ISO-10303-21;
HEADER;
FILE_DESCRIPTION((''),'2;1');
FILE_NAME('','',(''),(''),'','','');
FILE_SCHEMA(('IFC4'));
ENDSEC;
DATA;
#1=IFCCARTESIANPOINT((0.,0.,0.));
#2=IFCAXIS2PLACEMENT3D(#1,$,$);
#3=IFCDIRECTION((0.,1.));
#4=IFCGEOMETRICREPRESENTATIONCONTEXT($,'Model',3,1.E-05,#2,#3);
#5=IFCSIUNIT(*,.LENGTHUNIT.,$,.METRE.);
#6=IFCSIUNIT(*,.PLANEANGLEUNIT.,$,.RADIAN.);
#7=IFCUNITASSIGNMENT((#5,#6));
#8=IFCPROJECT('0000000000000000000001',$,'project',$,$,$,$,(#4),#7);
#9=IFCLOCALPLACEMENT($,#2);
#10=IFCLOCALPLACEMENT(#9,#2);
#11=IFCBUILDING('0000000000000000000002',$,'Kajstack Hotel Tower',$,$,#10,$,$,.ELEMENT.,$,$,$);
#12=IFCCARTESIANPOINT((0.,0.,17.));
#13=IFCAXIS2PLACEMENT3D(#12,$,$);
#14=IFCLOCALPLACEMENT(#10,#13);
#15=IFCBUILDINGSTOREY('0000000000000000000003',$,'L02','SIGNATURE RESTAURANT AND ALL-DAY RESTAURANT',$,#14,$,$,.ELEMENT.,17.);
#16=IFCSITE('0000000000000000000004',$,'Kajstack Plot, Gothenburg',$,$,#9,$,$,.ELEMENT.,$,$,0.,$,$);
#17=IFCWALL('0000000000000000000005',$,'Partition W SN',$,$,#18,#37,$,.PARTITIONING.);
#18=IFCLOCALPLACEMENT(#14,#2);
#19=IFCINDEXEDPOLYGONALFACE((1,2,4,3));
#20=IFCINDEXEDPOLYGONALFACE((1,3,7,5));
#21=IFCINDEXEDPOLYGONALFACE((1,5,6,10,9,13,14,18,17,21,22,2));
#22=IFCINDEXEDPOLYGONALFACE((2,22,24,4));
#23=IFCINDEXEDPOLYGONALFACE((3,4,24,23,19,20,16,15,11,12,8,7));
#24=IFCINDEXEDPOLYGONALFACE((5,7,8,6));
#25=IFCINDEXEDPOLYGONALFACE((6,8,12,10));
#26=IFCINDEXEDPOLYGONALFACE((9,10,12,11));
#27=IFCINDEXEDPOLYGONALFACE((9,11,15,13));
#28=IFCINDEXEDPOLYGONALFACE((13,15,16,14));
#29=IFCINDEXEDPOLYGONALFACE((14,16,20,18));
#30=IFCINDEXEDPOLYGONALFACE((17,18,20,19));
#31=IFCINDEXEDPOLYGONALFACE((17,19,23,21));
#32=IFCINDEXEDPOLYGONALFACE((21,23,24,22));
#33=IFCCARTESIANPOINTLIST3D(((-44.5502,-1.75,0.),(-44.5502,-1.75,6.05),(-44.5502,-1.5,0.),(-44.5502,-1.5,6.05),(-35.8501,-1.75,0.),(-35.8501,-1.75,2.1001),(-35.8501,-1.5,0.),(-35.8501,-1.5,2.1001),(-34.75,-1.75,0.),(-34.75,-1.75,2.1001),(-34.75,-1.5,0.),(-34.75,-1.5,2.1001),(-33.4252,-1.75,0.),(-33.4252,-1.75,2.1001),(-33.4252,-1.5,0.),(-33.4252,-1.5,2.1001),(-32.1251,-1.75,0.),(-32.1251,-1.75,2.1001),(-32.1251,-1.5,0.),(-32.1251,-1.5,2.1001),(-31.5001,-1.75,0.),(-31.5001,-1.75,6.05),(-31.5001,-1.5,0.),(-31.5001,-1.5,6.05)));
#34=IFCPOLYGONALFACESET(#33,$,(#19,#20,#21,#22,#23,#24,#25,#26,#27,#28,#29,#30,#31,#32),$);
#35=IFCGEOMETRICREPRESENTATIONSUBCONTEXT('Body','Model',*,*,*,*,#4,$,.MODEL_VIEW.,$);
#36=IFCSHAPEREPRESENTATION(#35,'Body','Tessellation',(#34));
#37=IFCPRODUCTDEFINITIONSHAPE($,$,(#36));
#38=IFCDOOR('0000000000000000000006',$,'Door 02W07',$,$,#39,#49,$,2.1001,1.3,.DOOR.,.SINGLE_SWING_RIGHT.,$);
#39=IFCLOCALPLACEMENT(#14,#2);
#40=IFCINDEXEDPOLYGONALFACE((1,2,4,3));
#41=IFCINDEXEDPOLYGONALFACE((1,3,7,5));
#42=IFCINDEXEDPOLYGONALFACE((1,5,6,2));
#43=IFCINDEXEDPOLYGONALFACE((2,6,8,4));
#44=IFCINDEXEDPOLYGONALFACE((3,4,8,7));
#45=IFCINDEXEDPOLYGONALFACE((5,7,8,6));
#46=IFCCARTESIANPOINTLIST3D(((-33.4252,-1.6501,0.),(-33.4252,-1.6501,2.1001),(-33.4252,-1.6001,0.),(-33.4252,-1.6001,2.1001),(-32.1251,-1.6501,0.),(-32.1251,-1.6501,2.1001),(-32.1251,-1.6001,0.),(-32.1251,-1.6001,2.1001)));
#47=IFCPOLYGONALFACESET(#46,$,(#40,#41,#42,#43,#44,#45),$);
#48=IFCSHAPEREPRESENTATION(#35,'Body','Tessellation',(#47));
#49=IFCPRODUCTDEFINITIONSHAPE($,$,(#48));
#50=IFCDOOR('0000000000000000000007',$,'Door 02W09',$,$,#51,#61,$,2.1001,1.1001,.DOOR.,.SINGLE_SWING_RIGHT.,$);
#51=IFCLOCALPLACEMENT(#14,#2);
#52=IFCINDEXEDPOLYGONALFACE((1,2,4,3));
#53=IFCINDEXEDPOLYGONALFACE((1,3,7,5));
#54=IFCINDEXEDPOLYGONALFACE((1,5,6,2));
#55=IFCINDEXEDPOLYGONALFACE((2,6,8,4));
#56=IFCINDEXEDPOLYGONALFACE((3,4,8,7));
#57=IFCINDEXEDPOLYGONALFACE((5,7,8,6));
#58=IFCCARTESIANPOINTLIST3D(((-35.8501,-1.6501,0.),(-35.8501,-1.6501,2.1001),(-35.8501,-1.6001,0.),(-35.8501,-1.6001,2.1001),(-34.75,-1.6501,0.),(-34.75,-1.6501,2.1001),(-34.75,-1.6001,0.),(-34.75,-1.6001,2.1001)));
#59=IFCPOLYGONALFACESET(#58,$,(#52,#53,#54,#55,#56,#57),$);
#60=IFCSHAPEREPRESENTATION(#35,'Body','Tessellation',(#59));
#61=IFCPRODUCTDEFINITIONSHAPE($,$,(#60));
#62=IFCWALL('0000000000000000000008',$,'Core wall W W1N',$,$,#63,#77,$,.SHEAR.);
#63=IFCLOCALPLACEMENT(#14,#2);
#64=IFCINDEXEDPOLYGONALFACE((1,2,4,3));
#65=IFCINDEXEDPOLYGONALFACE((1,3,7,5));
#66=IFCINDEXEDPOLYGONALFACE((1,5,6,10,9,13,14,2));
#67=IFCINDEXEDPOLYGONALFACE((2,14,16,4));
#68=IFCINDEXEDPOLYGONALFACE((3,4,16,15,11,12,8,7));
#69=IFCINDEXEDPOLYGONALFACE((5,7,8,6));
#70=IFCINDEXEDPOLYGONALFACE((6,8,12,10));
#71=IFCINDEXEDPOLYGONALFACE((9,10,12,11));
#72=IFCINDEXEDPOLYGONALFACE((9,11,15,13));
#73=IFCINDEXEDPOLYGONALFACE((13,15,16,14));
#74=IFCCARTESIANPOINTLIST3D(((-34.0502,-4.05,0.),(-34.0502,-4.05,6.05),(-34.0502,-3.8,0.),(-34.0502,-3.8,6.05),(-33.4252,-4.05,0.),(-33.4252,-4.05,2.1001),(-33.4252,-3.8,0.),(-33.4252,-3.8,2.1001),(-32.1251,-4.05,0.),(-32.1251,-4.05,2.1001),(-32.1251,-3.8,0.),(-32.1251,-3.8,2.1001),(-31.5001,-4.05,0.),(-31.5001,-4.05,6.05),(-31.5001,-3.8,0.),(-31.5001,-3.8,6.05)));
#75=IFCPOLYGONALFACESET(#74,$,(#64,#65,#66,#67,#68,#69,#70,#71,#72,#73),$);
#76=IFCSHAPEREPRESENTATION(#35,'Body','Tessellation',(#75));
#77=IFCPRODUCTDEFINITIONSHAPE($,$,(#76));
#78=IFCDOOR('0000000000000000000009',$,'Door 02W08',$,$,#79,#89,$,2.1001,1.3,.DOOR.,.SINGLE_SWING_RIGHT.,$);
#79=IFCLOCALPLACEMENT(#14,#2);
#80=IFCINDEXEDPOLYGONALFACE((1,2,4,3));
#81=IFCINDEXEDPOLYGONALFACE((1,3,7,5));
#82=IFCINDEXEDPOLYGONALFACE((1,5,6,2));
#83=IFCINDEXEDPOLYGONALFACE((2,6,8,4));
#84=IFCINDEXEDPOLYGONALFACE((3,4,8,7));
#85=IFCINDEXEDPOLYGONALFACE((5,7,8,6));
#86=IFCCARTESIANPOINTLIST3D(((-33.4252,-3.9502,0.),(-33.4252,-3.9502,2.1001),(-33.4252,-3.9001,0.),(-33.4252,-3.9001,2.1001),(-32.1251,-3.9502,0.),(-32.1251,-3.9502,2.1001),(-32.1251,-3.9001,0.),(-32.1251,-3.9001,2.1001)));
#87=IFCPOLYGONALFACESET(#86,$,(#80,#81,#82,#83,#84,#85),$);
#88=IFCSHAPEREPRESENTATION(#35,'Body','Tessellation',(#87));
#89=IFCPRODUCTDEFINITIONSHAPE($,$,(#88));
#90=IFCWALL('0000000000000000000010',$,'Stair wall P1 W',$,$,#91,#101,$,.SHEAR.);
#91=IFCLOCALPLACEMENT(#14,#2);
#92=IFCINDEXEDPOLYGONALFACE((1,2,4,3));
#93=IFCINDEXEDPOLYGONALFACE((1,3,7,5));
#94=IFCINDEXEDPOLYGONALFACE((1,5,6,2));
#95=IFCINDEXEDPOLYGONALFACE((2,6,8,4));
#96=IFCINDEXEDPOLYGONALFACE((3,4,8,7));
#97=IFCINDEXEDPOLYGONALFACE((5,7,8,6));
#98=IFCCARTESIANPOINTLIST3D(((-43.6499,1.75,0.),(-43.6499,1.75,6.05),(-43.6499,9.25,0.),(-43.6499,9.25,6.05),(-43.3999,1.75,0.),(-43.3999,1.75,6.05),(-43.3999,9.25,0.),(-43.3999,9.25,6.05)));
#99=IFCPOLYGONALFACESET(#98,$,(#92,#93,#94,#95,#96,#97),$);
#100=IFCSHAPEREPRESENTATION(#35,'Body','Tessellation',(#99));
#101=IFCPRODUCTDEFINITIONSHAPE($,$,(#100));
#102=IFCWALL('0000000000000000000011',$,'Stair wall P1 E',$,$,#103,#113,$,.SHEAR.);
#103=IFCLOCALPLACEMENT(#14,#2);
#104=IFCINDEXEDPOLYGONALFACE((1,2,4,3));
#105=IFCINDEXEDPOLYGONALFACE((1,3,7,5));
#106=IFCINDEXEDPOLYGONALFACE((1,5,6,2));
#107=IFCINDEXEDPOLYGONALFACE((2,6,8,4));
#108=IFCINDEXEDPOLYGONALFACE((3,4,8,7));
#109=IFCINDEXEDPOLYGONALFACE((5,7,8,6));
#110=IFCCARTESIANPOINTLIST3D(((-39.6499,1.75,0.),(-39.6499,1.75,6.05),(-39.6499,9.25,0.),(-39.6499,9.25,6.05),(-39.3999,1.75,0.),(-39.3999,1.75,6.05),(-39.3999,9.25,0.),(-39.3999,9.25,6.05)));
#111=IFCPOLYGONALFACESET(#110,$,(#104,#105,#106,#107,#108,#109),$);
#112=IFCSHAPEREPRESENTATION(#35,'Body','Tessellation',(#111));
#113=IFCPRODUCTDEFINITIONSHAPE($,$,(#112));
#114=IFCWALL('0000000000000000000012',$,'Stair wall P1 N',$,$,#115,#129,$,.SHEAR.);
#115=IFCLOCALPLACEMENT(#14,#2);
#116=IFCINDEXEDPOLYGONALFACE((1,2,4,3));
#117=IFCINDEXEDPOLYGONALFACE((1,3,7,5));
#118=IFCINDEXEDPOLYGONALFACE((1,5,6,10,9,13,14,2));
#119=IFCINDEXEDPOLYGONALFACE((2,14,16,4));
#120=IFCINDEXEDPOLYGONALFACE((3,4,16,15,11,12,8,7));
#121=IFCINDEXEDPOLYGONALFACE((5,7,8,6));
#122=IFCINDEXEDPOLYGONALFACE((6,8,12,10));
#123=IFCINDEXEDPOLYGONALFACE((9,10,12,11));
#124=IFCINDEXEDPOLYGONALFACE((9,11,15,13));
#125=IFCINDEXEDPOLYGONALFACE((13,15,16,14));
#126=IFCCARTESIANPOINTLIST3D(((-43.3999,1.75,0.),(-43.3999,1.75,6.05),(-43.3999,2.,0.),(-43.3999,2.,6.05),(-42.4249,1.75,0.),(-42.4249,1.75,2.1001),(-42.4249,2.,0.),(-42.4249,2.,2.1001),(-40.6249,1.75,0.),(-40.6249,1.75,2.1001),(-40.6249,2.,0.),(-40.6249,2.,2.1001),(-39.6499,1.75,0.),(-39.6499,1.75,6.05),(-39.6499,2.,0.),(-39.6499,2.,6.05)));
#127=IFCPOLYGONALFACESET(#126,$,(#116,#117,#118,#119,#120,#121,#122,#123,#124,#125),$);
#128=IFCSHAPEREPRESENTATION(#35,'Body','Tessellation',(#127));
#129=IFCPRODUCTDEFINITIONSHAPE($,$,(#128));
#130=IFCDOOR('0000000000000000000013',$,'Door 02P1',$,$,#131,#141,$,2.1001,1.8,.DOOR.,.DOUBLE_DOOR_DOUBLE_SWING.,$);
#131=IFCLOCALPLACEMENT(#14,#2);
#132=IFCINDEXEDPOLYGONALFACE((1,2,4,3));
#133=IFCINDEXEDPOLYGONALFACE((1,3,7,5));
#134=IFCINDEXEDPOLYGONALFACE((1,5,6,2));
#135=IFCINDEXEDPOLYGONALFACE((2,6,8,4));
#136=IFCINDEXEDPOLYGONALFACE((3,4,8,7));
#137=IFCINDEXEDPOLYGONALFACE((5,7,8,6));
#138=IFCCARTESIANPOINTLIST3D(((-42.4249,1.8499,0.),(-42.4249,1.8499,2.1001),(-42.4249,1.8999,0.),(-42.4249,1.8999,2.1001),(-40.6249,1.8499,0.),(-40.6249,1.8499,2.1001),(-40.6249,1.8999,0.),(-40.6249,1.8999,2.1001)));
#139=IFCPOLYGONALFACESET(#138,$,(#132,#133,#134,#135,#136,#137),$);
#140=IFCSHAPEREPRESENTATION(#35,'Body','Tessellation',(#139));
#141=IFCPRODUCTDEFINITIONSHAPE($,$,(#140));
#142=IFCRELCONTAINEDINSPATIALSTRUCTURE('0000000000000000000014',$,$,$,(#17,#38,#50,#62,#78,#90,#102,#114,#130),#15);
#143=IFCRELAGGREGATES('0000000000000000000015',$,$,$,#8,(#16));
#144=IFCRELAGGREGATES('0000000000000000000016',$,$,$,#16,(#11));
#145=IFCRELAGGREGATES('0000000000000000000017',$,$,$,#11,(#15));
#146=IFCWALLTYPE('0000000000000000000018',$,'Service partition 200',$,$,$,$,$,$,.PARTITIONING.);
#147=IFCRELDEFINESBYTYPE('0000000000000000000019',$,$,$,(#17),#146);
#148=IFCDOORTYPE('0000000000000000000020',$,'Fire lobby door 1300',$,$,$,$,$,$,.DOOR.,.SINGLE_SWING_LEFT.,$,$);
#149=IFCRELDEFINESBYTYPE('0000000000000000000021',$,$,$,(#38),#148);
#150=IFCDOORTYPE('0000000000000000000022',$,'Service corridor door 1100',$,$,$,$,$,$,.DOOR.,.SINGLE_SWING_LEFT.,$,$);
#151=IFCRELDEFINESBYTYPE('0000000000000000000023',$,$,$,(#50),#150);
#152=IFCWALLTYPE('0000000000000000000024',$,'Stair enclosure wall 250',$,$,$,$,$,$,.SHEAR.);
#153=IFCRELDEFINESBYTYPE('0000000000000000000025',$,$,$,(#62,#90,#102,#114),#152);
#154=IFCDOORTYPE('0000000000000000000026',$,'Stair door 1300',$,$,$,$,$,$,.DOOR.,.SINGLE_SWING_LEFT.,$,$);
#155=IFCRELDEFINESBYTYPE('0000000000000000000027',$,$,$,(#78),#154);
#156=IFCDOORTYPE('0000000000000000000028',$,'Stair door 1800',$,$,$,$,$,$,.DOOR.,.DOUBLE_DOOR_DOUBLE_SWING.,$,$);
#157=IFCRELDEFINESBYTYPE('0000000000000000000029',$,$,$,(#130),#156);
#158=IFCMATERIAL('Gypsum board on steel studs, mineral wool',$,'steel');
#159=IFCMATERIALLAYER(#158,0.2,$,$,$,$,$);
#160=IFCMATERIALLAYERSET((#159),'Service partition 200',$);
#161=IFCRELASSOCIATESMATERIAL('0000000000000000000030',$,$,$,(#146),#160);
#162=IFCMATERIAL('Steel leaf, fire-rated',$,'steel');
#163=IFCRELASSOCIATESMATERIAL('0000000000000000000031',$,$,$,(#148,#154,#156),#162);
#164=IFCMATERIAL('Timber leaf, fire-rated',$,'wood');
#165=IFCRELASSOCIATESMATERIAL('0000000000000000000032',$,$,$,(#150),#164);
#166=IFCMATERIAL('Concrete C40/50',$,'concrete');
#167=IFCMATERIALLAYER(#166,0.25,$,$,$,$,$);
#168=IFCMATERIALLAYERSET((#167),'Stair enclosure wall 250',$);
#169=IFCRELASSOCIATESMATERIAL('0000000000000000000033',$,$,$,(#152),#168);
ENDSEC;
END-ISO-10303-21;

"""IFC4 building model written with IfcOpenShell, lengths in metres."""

from ifc_helpers import new_model, si_unit, direction, frame, frame_2d, origin, place, context, subcontext, project, spatial, rectangle, extrude, material, layer, layer_set, type_object, element, fill, save


model = new_model("IFC4")

# Units and contexts
model_context = context("Model", 3, precision=1e-05, world=origin(), true_north=direction((0.0, 1.0)))
body_context = subcontext(model_context, "Body", "Model", "MODEL_VIEW")
ifc_project = project(units=[si_unit("LENGTHUNIT", "METRE"), si_unit("PLANEANGLEUNIT", "RADIAN")], contexts=[model_context])

# Site, building, storey
site_placement = place(None, origin())
site = spatial("IfcSite", under=ifc_project, at=site_placement, Name="Kajstack Plot, Gothenburg", CompositionType="ELEMENT", RefElevation=0.0)
building_placement = place(site_placement, origin())
building = spatial("IfcBuilding", under=site, at=building_placement, Name="Kajstack Hotel Tower", CompositionType="ELEMENT")
storey_placement = place(building_placement, frame((0.0, 0.0, 17.0)))
storey = spatial("IfcBuildingStorey", under=building, at=storey_placement, Name="L02", Description="SIGNATURE RESTAURANT AND ALL-DAY RESTAURANT", CompositionType="ELEMENT", Elevation=17.0)

# Shared definitions
ifc_material_1 = material(Name="Gypsum board on steel studs, mineral wool", Category="steel")

# Shared definitions
ifc_material_2 = material(Name="Timber leaf, fire-rated", Category="wood")

# Wall, openings, doors
ifc_layer_1 = layer(ifc_material_1, 0.2)
ifc_layer_set_1 = layer_set([ifc_layer_1], Name="Service partition 200")
wall_type_1 = type_object("IfcWallType", Name="Service partition 200", PredefinedType="PARTITIONING", material=ifc_layer_set_1)
wall_1_placement = place(storey_placement, frame((-44.55, -1.625, 0.0), z_axis=(0.0, 0.0, 1.0), x_axis=(1.0, 0.0, 0.0)))
wall_1 = element("IfcWall", 1, at=wall_1_placement, inside=storey, type_object=wall_type_1, Name="Partition W SN", PredefinedType="PARTITIONING", context=body_context, shape_type="SweptSolid", body=[
    extrude(rectangle(XDim=13.05, YDim=0.25, at=frame_2d((6.5249, 0.0))), origin(), (0.0, 0.0, 1.0), 6.05),
])
opening_1_placement = place(wall_1_placement, frame((11.125, 0.0, 0.0)))
opening_1 = element("IfcOpeningElement", 2, at=opening_1_placement, cuts=wall_1, PredefinedType="OPENING", context=body_context, shape_type="SweptSolid", body=[
    extrude(rectangle(XDim=1.3, YDim=2.1001, at=frame_2d((0.6499, 1.05))), frame((0.0, 0.135, 0.0), z_axis=(0.0, -1.0, 0.0), x_axis=(1.0, 0.0, 0.0)), (0.0, 0.0, 1.0), 0.27),
])
opening_2_placement = place(wall_1_placement, frame((8.7, 0.0, 0.0)))
opening_2 = element("IfcOpeningElement", 3, at=opening_2_placement, cuts=wall_1, PredefinedType="OPENING", context=body_context, shape_type="SweptSolid", body=[
    extrude(rectangle(XDim=1.1001, YDim=2.1001, at=frame_2d((0.55, 1.05))), frame((0.0, 0.135, 0.0), z_axis=(0.0, -1.0, 0.0), x_axis=(1.0, 0.0, 0.0)), (0.0, 0.0, 1.0), 0.27),
])
ifc_material_3 = material(Name="Steel leaf, fire-rated", Category="steel")
door_type_1 = type_object("IfcDoorType", Name="Fire lobby door 1300", OperationType="SINGLE_SWING_LEFT", PredefinedType="DOOR", material=ifc_material_3)
door_1_placement = place(opening_1_placement, origin())
door_1 = element("IfcDoor", 4, at=door_1_placement, inside=storey, type_object=door_type_1, Name="Door 02W07", OperationType="SINGLE_SWING_RIGHT", OverallHeight=2.1001, OverallWidth=1.3, PredefinedType="DOOR", context=body_context, shape_type="SweptSolid", body=[
    extrude(rectangle(XDim=1.3, YDim=2.1001, at=frame_2d((0.6499, 1.05))), frame((0.0, 0.0249, 0.0), z_axis=(0.0, -1.0, 0.0), x_axis=(1.0, 0.0, 0.0)), (0.0, 0.0, 1.0), 0.05),
])
fill(opening_1, door_1)
door_type_2 = type_object("IfcDoorType", Name="Service corridor door 1100", OperationType="SINGLE_SWING_LEFT", PredefinedType="DOOR", material=ifc_material_2)
door_2_placement = place(opening_2_placement, origin())
door_2 = element("IfcDoor", 5, at=door_2_placement, inside=storey, type_object=door_type_2, Name="Door 02W09", OperationType="SINGLE_SWING_RIGHT", OverallHeight=2.1001, OverallWidth=1.1001, PredefinedType="DOOR", context=body_context, shape_type="SweptSolid", body=[
    extrude(rectangle(XDim=1.1001, YDim=2.1001, at=frame_2d((0.55, 1.05))), frame((0.0, 0.0249, 0.0), z_axis=(0.0, -1.0, 0.0), x_axis=(1.0, 0.0, 0.0)), (0.0, 0.0, 1.0), 0.05),
])
fill(opening_2, door_2)

# Wall, opening, door
ifc_material_4 = material(Name="Concrete C40/50", Category="concrete")
ifc_layer_2 = layer(ifc_material_4, 0.25)
ifc_layer_set_2 = layer_set([ifc_layer_2], Name="Stair enclosure wall 250")
wall_type_2 = type_object("IfcWallType", Name="Stair enclosure wall 250", PredefinedType="SHEAR", material=ifc_layer_set_2)
wall_2_placement = place(storey_placement, frame((-34.05, -3.925, 0.0), z_axis=(0.0, 0.0, 1.0), x_axis=(1.0, 0.0, 0.0)))
wall_2 = element("IfcWall", 6, at=wall_2_placement, inside=storey, type_object=wall_type_2, Name="Core wall W W1N", PredefinedType="SHEAR", context=body_context, shape_type="SweptSolid", body=[
    extrude(rectangle(XDim=2.55, YDim=0.25, at=frame_2d((1.2749, 0.0))), origin(), (0.0, 0.0, 1.0), 6.05),
])
opening_3_placement = place(wall_2_placement, frame((0.625, 0.0, 0.0)))
opening_3 = element("IfcOpeningElement", 7, at=opening_3_placement, cuts=wall_2, PredefinedType="OPENING", context=body_context, shape_type="SweptSolid", body=[
    extrude(rectangle(XDim=1.3, YDim=2.1001, at=frame_2d((0.6499, 1.05))), frame((0.0, 0.135, 0.0), z_axis=(0.0, -1.0, 0.0), x_axis=(1.0, 0.0, 0.0)), (0.0, 0.0, 1.0), 0.27),
])
door_type_3 = type_object("IfcDoorType", Name="Stair door 1300", OperationType="SINGLE_SWING_LEFT", PredefinedType="DOOR", material=ifc_material_3)
door_3_placement = place(opening_3_placement, origin())
door_3 = element("IfcDoor", 8, at=door_3_placement, inside=storey, type_object=door_type_3, Name="Door 02W08", OperationType="SINGLE_SWING_RIGHT", OverallHeight=2.1001, OverallWidth=1.3, PredefinedType="DOOR", context=body_context, shape_type="SweptSolid", body=[
    extrude(rectangle(XDim=1.3, YDim=2.1001, at=frame_2d((0.6499, 1.05))), frame((0.0, 0.0249, 0.0), z_axis=(0.0, -1.0, 0.0), x_axis=(1.0, 0.0, 0.0)), (0.0, 0.0, 1.0), 0.05),
])
fill(opening_3, door_3)

# Walls
for number, where, z_axis, x_axis, name in (
    (9, (-43.5249, 1.75, 0.0), (0.0, 0.0, 1.0), (0.0, 1.0, 0.0), "Stair wall P1 W"),
    (10, (-39.5249, 1.75, 0.0), (0.0, 0.0, 1.0), (0.0, 1.0, 0.0), "Stair wall P1 E"),
):
    element("IfcWall", number, at=place(storey_placement, frame(where, z_axis=z_axis, x_axis=x_axis)), inside=storey, type_object=wall_type_2, Name=name, PredefinedType="SHEAR", context=body_context, shape_type="SweptSolid", body=[
        extrude(rectangle(XDim=7.5, YDim=0.25, at=frame_2d((3.75, 0.0))), origin(), (0.0, 0.0, 1.0), 6.05),
    ])

# Wall, opening, door
wall_3_placement = place(storey_placement, frame((-43.3999, 1.875, 0.0), z_axis=(0.0, 0.0, 1.0), x_axis=(1.0, 0.0, 0.0)))
wall_3 = element("IfcWall", 11, at=wall_3_placement, inside=storey, type_object=wall_type_2, Name="Stair wall P1 N", PredefinedType="SHEAR", context=body_context, shape_type="SweptSolid", body=[
    extrude(rectangle(XDim=3.75, YDim=0.25, at=frame_2d((1.875, 0.0))), origin(), (0.0, 0.0, 1.0), 6.05),
])
opening_4_placement = place(wall_3_placement, frame((0.9751, 0.0, 0.0)))
opening_4 = element("IfcOpeningElement", 12, at=opening_4_placement, cuts=wall_3, PredefinedType="OPENING", context=body_context, shape_type="SweptSolid", body=[
    extrude(rectangle(XDim=1.8, YDim=2.1001, at=frame_2d((0.8999, 1.05))), frame((0.0, 0.135, 0.0), z_axis=(0.0, -1.0, 0.0), x_axis=(1.0, 0.0, 0.0)), (0.0, 0.0, 1.0), 0.27),
])
door_type_4 = type_object("IfcDoorType", Name="Stair door 1800", OperationType="DOUBLE_DOOR_DOUBLE_SWING", PredefinedType="DOOR", material=ifc_material_3)
door_4_placement = place(opening_4_placement, origin())
door_4 = element("IfcDoor", 13, at=door_4_placement, inside=storey, type_object=door_type_4, Name="Door 02P1", OperationType="DOUBLE_DOOR_DOUBLE_SWING", OverallHeight=2.1001, OverallWidth=1.8, PredefinedType="DOOR", context=body_context, shape_type="SweptSolid", body=[
    extrude(rectangle(XDim=1.8, YDim=2.1001, at=frame_2d((0.8999, 1.05))), frame((0.0, 0.0249, 0.0), z_axis=(0.0, -1.0, 0.0), x_axis=(1.0, 0.0, 0.0)), (0.0, 0.0, 1.0), 0.05),
])
fill(opening_4, door_4)

save(model, "model.ifc")
